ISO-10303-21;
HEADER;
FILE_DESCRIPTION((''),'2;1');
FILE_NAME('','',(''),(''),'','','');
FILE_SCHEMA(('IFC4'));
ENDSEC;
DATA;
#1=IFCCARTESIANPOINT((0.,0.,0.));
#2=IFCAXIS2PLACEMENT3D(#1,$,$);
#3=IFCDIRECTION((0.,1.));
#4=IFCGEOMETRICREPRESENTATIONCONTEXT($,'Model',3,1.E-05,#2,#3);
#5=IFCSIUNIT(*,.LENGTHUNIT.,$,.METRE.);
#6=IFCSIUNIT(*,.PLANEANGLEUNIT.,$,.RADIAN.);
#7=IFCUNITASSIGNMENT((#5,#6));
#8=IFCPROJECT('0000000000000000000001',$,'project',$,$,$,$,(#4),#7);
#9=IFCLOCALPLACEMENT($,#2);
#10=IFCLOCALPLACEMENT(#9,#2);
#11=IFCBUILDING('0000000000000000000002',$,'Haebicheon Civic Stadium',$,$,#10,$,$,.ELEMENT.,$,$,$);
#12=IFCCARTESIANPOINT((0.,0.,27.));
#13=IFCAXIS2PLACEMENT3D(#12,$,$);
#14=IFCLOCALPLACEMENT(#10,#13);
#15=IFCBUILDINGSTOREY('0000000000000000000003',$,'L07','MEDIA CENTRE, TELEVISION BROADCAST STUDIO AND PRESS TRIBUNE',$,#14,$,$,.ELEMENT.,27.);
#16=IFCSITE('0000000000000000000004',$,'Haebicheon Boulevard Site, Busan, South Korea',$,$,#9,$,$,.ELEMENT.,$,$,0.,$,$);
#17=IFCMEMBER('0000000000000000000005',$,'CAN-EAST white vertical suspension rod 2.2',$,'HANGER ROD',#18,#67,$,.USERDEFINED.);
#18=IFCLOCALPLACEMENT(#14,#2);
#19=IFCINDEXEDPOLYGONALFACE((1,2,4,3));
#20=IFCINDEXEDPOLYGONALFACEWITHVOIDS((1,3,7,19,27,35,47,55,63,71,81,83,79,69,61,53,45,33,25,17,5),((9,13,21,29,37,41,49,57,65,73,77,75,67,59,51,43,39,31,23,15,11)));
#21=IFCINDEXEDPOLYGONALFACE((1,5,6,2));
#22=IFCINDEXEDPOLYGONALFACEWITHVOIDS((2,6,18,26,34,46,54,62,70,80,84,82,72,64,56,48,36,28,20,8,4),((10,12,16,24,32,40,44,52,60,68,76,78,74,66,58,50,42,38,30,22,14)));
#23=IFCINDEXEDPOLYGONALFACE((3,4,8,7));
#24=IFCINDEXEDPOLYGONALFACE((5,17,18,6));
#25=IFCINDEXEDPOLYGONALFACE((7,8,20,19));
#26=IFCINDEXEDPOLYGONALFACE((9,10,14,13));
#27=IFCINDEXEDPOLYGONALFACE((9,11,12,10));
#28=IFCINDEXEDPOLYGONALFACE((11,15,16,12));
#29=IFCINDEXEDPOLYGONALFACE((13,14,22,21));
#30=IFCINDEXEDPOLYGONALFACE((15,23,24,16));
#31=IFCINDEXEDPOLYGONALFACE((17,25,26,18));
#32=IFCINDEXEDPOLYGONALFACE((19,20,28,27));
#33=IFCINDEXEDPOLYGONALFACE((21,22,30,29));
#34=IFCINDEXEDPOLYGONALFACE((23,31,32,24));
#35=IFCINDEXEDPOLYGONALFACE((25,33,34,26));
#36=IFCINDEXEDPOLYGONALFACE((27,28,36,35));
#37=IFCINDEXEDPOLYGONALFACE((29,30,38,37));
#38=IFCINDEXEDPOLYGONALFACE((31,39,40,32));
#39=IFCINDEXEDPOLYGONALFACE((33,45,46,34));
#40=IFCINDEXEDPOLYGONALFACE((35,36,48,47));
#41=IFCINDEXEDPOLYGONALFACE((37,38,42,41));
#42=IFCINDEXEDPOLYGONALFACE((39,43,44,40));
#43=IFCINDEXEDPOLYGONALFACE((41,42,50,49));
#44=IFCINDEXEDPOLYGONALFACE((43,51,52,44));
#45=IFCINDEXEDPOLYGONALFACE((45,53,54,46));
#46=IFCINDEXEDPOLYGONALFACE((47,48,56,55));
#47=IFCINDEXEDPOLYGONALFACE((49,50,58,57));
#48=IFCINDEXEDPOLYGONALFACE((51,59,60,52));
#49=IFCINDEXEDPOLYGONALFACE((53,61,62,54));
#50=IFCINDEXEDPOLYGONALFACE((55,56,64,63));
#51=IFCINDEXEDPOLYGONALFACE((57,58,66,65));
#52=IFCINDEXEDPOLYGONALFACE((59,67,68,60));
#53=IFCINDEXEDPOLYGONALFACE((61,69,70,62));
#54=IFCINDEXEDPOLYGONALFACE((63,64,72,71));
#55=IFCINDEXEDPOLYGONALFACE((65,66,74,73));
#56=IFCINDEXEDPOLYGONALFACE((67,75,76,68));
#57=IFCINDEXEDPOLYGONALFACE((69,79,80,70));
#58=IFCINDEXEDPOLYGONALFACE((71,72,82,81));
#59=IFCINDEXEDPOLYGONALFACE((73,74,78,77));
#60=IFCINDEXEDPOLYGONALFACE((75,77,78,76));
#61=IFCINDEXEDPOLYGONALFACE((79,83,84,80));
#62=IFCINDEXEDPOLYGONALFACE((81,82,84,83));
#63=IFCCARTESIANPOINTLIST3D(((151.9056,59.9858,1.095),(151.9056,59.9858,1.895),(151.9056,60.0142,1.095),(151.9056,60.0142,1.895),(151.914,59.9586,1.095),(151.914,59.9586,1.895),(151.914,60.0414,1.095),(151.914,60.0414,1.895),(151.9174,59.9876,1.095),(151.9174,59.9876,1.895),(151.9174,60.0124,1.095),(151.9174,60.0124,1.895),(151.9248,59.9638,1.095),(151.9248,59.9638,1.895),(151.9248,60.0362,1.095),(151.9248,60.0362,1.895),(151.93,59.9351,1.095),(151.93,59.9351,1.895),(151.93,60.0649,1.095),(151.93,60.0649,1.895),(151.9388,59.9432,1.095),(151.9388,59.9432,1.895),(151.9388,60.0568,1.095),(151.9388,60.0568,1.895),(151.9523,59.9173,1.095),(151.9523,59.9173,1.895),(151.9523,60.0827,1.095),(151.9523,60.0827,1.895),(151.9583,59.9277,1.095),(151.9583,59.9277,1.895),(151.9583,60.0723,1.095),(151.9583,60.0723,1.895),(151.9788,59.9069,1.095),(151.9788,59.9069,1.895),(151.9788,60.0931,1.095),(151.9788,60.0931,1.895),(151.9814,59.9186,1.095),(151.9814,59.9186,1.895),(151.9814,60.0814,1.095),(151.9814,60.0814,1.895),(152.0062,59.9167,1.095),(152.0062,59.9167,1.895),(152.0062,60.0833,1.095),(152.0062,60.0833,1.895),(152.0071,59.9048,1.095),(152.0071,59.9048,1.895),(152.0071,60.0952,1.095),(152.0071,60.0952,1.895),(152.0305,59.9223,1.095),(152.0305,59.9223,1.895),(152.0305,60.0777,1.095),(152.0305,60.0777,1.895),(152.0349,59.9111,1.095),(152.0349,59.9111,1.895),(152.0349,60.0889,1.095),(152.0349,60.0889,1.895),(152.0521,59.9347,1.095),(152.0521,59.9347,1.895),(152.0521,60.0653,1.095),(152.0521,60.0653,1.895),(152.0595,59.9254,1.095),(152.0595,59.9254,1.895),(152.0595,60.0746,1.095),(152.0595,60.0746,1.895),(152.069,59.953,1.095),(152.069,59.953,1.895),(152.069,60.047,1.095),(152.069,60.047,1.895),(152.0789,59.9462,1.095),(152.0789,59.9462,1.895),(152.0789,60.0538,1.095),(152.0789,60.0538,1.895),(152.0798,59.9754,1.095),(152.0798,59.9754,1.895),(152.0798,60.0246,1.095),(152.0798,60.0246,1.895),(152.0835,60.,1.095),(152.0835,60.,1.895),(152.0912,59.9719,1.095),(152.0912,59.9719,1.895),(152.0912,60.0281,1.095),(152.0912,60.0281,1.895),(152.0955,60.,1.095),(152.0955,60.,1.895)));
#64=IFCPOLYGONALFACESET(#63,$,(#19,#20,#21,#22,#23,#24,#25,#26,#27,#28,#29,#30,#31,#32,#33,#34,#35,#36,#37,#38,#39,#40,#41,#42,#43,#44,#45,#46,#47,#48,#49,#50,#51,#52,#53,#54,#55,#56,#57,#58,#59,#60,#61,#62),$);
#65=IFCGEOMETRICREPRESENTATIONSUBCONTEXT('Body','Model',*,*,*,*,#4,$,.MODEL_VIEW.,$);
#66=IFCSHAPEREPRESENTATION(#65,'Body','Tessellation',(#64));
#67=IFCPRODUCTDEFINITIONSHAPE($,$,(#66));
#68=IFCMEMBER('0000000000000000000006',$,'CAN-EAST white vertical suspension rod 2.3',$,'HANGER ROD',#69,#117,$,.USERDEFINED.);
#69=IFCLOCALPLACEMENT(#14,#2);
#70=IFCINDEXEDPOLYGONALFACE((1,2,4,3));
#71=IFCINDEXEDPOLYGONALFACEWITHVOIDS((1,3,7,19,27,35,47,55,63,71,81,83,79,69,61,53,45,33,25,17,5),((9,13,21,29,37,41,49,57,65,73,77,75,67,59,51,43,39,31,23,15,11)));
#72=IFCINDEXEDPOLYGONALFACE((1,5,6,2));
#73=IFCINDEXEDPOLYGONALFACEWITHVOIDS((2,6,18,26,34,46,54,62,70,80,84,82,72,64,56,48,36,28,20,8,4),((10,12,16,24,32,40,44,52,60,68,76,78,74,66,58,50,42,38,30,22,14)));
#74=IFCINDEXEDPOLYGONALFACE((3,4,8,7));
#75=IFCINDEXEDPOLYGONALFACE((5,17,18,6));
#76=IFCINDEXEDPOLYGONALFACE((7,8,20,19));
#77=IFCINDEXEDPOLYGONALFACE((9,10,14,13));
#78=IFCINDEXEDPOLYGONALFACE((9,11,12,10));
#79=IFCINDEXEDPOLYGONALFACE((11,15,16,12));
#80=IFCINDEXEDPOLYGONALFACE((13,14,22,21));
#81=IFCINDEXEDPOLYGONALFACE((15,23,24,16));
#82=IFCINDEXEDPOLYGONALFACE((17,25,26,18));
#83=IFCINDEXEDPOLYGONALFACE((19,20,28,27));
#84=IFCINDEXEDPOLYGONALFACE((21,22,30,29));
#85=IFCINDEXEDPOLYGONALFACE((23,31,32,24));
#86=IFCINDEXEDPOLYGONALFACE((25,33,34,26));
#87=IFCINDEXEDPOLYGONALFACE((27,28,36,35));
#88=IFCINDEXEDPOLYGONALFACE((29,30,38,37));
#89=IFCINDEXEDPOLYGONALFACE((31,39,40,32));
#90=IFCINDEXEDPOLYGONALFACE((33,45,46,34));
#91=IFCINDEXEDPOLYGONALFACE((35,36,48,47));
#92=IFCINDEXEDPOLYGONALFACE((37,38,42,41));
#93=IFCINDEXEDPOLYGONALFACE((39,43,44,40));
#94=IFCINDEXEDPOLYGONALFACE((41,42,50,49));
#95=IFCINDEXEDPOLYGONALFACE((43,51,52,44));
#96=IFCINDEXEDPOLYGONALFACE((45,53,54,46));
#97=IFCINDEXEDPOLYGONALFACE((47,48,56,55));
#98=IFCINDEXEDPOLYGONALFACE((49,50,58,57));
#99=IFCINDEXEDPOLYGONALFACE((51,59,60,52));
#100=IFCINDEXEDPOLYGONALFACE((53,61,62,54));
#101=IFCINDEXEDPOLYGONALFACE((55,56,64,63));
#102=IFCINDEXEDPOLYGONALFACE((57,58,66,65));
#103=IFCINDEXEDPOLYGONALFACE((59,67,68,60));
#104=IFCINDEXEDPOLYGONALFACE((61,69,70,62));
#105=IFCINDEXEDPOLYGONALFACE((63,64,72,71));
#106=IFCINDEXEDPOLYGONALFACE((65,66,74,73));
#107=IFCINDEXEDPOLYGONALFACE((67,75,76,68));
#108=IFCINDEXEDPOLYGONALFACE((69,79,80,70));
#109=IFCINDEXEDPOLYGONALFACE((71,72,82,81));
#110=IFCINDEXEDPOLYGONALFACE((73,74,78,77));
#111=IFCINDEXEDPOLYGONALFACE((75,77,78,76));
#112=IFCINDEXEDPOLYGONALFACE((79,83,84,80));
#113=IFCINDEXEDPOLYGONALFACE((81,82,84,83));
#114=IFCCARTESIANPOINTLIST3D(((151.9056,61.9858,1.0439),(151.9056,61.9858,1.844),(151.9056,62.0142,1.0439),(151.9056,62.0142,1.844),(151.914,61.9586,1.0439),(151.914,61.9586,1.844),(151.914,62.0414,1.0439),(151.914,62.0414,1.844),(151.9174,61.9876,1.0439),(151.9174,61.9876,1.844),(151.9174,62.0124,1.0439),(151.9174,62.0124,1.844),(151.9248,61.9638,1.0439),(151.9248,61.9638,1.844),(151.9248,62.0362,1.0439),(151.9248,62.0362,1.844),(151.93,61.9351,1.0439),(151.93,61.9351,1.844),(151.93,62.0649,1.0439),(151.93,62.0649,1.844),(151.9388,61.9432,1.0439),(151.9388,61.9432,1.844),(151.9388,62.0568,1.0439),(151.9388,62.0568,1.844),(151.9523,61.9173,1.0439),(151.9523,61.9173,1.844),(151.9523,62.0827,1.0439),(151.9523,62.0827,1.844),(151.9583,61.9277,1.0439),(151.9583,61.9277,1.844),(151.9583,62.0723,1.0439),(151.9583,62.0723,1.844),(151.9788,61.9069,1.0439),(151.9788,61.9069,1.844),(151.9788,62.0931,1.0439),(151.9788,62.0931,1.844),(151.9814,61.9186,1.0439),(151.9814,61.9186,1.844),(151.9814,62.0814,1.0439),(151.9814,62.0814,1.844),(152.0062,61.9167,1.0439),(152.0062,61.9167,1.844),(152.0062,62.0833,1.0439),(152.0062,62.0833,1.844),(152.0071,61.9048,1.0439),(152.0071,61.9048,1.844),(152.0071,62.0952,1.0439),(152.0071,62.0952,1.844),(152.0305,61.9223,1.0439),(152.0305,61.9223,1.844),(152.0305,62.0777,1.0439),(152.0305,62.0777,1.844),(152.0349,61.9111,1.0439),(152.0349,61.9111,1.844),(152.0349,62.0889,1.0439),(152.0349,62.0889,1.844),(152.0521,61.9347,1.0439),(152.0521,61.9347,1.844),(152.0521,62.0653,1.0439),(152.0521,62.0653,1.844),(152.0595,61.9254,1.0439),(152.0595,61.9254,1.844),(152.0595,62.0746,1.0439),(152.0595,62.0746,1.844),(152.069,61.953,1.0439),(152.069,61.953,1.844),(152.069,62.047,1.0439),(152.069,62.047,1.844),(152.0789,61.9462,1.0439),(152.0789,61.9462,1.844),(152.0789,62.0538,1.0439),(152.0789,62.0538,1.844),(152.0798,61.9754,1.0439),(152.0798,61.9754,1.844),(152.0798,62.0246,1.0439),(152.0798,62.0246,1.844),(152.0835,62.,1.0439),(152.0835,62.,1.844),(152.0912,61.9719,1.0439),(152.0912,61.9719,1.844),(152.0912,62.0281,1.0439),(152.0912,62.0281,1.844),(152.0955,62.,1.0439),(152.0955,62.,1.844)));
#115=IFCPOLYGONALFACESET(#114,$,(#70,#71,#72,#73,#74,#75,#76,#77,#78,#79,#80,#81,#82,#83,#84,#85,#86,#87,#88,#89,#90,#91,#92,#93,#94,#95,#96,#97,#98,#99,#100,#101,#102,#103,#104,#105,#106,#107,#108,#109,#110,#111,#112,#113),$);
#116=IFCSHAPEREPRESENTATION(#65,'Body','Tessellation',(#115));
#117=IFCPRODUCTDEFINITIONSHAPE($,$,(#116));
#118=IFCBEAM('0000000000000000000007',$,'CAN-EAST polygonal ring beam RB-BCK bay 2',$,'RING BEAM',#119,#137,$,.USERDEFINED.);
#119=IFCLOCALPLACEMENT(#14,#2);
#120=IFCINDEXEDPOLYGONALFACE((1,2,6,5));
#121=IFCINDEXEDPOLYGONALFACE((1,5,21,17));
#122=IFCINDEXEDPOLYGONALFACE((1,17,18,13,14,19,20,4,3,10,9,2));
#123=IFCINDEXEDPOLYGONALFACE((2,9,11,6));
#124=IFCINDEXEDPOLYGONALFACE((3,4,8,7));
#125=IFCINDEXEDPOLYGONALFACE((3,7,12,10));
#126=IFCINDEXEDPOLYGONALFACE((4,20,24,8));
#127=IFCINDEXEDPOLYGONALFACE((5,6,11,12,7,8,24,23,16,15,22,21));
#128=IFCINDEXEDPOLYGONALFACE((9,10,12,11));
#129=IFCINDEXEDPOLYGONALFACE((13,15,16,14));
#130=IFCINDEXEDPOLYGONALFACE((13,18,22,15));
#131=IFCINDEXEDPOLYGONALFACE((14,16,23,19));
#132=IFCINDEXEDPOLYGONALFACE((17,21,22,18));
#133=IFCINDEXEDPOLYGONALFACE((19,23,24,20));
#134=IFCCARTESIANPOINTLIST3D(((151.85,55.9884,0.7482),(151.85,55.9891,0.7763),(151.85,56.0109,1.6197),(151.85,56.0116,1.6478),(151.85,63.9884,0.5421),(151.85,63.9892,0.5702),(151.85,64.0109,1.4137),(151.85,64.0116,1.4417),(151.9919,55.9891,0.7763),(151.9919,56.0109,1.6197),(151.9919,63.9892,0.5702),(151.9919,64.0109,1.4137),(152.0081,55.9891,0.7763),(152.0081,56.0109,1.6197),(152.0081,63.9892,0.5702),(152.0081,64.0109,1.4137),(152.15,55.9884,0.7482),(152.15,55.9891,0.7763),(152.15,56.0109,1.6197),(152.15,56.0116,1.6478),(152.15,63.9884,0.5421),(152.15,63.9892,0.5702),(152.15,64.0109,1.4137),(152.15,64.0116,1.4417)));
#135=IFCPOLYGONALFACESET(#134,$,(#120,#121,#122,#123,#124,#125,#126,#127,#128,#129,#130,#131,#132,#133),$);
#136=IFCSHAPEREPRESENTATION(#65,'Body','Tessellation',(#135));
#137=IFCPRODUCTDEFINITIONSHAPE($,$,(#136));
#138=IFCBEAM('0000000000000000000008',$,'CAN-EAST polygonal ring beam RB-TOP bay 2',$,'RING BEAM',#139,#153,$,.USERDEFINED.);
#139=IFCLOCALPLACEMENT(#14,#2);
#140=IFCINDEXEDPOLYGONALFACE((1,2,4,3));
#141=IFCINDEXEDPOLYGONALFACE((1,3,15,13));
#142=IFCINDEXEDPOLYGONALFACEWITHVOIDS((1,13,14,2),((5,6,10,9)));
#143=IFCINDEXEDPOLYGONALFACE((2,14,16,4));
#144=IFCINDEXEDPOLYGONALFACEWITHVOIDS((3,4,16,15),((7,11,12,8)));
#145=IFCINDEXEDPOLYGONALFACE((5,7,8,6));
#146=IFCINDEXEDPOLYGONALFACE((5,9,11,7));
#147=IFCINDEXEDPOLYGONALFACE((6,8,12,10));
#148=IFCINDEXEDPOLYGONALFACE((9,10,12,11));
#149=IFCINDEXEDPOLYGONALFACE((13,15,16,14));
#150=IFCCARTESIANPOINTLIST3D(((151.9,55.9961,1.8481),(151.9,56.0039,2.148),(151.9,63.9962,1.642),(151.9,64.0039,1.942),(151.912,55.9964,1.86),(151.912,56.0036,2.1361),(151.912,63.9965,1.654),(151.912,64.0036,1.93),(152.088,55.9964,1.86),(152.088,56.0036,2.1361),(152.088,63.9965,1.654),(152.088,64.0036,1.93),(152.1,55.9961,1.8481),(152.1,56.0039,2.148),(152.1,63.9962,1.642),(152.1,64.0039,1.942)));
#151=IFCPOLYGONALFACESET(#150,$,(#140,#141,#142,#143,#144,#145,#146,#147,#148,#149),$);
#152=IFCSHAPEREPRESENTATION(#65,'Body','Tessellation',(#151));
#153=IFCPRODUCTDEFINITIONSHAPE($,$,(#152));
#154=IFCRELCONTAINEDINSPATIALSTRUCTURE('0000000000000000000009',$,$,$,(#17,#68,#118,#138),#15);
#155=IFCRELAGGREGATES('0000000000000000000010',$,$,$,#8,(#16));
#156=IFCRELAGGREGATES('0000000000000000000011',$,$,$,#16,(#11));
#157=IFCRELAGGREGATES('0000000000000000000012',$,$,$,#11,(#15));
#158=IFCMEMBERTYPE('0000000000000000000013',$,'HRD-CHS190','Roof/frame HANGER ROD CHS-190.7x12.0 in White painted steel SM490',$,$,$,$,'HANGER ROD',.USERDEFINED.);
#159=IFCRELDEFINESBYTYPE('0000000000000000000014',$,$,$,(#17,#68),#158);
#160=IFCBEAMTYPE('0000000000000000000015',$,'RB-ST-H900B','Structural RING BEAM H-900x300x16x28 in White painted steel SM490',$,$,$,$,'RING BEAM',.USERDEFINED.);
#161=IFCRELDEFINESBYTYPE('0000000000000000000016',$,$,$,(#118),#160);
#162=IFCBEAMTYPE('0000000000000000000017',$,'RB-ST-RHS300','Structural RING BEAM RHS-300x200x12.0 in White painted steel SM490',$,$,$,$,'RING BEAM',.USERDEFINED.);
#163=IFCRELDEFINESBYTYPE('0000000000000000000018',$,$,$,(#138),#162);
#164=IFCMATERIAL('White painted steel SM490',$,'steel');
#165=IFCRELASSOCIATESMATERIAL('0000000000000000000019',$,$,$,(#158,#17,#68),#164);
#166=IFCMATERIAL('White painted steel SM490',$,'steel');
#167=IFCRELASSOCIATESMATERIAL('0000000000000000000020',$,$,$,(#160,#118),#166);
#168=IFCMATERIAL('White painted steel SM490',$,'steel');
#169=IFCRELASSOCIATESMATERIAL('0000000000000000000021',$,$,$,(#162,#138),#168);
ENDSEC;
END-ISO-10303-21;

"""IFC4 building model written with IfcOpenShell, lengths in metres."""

from ifc_helpers import new_model, si_unit, direction, frame, origin, origin_2d, place, context, subcontext, project, spatial, hollow_rectangle, hollow_circle, i_section, extrude, material, material_profile, profile_set, type_object, element, save


model = new_model("IFC4")

# Units and contexts
model_context = context("Model", 3, precision=1e-05, world=origin(), true_north=direction((0.0, 1.0)))
body_context = subcontext(model_context, "Body", "Model", "MODEL_VIEW")
ifc_project = project(units=[si_unit("LENGTHUNIT", "METRE"), si_unit("PLANEANGLEUNIT", "RADIAN")], contexts=[model_context])

# Site, building, storey
site_placement = place(None, origin())
site = spatial("IfcSite", under=ifc_project, at=site_placement, Name="Haebicheon Boulevard Site, Busan, South Korea", CompositionType="ELEMENT", RefElevation=0.0)
building_placement = place(site_placement, origin())
building = spatial("IfcBuilding", under=site, at=building_placement, Name="Haebicheon Civic Stadium", CompositionType="ELEMENT")
storey_placement = place(building_placement, frame((0.0, 0.0, 27.0)))
storey = spatial("IfcBuildingStorey", under=building, at=storey_placement, Name="L07", Description="MEDIA CENTRE, TELEVISION BROADCAST STUDIO AND PRESS TRIBUNE", CompositionType="ELEMENT", Elevation=27.0)

# Members
ifc_material_1 = material(Name="White painted steel SM490", Category="steel")
ifc_material_profile_1 = material_profile(ifc_material_1, hollow_circle(Radius=0.0955, WallThickness=0.012, at=origin_2d()), Name="CHS-190.7x12.0")
ifc_profile_set_1 = profile_set([ifc_material_profile_1], Name="White painted steel SM490")
member_type_1 = type_object("IfcMemberType", Name="HRD-CHS190", Description="Roof/frame HANGER ROD CHS-190.7x12.0 in White painted steel SM490", ElementType="HANGER ROD", PredefinedType="USERDEFINED", material=ifc_profile_set_1)
for number, where, z_axis, x_axis, name in (
    (1, (152.0, 60.0, 1.095), (0.0, 0.0, 1.0), (1.0, 0.0, 0.0), "CAN-EAST white vertical suspension rod 2.2"),
    (2, (152.0, 62.0, 1.0439), (0.0, 0.0, 1.0), (1.0, 0.0, 0.0), "CAN-EAST white vertical suspension rod 2.3"),
):
    element("IfcMember", number, at=place(storey_placement, frame(where, z_axis=z_axis, x_axis=x_axis)), inside=storey, type_object=member_type_1, material=ifc_profile_set_1, Name=name, ObjectType="HANGER ROD", PredefinedType="USERDEFINED", context=body_context, shape_type="SweptSolid", body=[
        extrude(hollow_circle(Radius=0.0955, WallThickness=0.012, at=origin_2d()), origin(), (0.0, 0.0, 1.0), 0.8),
    ])

# Beams
ifc_material_2 = material(Name="White painted steel SM490", Category="steel")
ifc_material_profile_2 = material_profile(ifc_material_2, i_section(OverallWidth=0.3, OverallDepth=0.8999, WebThickness=0.0161, FlangeThickness=0.0281, at=origin_2d()), Name="H-900x300x16x28")
ifc_profile_set_2 = profile_set([ifc_material_profile_2], Name="White painted steel SM490")
beam_type_1 = type_object("IfcBeamType", Name="RB-ST-H900B", Description="Structural RING BEAM H-900x300x16x28 in White painted steel SM490", ElementType="RING BEAM", PredefinedType="USERDEFINED", material=ifc_profile_set_2)
beam_1_placement = place(storey_placement, frame((152.0, 56.0, 1.198), z_axis=(0.0, 0.999668, -0.025748), x_axis=(-1.0, 0.0, 0.0)))
element("IfcBeam", 3, at=beam_1_placement, inside=storey, type_object=beam_type_1, material=ifc_profile_set_2, Name="CAN-EAST polygonal ring beam RB-BCK bay 2", ObjectType="RING BEAM", PredefinedType="USERDEFINED", context=body_context, shape_type="SweptSolid", body=[
    extrude(i_section(OverallWidth=0.3, OverallDepth=0.8999, WebThickness=0.0161, FlangeThickness=0.0281, at=origin_2d()), origin(), (0.0, 0.0, 1.0), 8.0027),
])
ifc_material_3 = material(Name="White painted steel SM490", Category="steel")
ifc_material_profile_3 = material_profile(ifc_material_3, hollow_rectangle(XDim=0.2, YDim=0.3, WallThickness=0.012, at=origin_2d()), Name="RHS-300x200x12.0")
ifc_profile_set_3 = profile_set([ifc_material_profile_3], Name="White painted steel SM490")
beam_type_2 = type_object("IfcBeamType", Name="RB-ST-RHS300", Description="Structural RING BEAM RHS-300x200x12.0 in White painted steel SM490", ElementType="RING BEAM", PredefinedType="USERDEFINED", material=ifc_profile_set_3)
beam_2_placement = place(storey_placement, frame((152.0, 56.0, 1.998), z_axis=(0.0, 0.999668, -0.025748), x_axis=(-1.0, 0.0, 0.0)))
element("IfcBeam", 4, at=beam_2_placement, inside=storey, type_object=beam_type_2, material=ifc_profile_set_3, Name="CAN-EAST polygonal ring beam RB-TOP bay 2", ObjectType="RING BEAM", PredefinedType="USERDEFINED", context=body_context, shape_type="SweptSolid", body=[
    extrude(hollow_rectangle(XDim=0.2, YDim=0.3, WallThickness=0.012, at=origin_2d()), origin(), (0.0, 0.0, 1.0), 8.0027),
])

save(model, "model.ifc")
